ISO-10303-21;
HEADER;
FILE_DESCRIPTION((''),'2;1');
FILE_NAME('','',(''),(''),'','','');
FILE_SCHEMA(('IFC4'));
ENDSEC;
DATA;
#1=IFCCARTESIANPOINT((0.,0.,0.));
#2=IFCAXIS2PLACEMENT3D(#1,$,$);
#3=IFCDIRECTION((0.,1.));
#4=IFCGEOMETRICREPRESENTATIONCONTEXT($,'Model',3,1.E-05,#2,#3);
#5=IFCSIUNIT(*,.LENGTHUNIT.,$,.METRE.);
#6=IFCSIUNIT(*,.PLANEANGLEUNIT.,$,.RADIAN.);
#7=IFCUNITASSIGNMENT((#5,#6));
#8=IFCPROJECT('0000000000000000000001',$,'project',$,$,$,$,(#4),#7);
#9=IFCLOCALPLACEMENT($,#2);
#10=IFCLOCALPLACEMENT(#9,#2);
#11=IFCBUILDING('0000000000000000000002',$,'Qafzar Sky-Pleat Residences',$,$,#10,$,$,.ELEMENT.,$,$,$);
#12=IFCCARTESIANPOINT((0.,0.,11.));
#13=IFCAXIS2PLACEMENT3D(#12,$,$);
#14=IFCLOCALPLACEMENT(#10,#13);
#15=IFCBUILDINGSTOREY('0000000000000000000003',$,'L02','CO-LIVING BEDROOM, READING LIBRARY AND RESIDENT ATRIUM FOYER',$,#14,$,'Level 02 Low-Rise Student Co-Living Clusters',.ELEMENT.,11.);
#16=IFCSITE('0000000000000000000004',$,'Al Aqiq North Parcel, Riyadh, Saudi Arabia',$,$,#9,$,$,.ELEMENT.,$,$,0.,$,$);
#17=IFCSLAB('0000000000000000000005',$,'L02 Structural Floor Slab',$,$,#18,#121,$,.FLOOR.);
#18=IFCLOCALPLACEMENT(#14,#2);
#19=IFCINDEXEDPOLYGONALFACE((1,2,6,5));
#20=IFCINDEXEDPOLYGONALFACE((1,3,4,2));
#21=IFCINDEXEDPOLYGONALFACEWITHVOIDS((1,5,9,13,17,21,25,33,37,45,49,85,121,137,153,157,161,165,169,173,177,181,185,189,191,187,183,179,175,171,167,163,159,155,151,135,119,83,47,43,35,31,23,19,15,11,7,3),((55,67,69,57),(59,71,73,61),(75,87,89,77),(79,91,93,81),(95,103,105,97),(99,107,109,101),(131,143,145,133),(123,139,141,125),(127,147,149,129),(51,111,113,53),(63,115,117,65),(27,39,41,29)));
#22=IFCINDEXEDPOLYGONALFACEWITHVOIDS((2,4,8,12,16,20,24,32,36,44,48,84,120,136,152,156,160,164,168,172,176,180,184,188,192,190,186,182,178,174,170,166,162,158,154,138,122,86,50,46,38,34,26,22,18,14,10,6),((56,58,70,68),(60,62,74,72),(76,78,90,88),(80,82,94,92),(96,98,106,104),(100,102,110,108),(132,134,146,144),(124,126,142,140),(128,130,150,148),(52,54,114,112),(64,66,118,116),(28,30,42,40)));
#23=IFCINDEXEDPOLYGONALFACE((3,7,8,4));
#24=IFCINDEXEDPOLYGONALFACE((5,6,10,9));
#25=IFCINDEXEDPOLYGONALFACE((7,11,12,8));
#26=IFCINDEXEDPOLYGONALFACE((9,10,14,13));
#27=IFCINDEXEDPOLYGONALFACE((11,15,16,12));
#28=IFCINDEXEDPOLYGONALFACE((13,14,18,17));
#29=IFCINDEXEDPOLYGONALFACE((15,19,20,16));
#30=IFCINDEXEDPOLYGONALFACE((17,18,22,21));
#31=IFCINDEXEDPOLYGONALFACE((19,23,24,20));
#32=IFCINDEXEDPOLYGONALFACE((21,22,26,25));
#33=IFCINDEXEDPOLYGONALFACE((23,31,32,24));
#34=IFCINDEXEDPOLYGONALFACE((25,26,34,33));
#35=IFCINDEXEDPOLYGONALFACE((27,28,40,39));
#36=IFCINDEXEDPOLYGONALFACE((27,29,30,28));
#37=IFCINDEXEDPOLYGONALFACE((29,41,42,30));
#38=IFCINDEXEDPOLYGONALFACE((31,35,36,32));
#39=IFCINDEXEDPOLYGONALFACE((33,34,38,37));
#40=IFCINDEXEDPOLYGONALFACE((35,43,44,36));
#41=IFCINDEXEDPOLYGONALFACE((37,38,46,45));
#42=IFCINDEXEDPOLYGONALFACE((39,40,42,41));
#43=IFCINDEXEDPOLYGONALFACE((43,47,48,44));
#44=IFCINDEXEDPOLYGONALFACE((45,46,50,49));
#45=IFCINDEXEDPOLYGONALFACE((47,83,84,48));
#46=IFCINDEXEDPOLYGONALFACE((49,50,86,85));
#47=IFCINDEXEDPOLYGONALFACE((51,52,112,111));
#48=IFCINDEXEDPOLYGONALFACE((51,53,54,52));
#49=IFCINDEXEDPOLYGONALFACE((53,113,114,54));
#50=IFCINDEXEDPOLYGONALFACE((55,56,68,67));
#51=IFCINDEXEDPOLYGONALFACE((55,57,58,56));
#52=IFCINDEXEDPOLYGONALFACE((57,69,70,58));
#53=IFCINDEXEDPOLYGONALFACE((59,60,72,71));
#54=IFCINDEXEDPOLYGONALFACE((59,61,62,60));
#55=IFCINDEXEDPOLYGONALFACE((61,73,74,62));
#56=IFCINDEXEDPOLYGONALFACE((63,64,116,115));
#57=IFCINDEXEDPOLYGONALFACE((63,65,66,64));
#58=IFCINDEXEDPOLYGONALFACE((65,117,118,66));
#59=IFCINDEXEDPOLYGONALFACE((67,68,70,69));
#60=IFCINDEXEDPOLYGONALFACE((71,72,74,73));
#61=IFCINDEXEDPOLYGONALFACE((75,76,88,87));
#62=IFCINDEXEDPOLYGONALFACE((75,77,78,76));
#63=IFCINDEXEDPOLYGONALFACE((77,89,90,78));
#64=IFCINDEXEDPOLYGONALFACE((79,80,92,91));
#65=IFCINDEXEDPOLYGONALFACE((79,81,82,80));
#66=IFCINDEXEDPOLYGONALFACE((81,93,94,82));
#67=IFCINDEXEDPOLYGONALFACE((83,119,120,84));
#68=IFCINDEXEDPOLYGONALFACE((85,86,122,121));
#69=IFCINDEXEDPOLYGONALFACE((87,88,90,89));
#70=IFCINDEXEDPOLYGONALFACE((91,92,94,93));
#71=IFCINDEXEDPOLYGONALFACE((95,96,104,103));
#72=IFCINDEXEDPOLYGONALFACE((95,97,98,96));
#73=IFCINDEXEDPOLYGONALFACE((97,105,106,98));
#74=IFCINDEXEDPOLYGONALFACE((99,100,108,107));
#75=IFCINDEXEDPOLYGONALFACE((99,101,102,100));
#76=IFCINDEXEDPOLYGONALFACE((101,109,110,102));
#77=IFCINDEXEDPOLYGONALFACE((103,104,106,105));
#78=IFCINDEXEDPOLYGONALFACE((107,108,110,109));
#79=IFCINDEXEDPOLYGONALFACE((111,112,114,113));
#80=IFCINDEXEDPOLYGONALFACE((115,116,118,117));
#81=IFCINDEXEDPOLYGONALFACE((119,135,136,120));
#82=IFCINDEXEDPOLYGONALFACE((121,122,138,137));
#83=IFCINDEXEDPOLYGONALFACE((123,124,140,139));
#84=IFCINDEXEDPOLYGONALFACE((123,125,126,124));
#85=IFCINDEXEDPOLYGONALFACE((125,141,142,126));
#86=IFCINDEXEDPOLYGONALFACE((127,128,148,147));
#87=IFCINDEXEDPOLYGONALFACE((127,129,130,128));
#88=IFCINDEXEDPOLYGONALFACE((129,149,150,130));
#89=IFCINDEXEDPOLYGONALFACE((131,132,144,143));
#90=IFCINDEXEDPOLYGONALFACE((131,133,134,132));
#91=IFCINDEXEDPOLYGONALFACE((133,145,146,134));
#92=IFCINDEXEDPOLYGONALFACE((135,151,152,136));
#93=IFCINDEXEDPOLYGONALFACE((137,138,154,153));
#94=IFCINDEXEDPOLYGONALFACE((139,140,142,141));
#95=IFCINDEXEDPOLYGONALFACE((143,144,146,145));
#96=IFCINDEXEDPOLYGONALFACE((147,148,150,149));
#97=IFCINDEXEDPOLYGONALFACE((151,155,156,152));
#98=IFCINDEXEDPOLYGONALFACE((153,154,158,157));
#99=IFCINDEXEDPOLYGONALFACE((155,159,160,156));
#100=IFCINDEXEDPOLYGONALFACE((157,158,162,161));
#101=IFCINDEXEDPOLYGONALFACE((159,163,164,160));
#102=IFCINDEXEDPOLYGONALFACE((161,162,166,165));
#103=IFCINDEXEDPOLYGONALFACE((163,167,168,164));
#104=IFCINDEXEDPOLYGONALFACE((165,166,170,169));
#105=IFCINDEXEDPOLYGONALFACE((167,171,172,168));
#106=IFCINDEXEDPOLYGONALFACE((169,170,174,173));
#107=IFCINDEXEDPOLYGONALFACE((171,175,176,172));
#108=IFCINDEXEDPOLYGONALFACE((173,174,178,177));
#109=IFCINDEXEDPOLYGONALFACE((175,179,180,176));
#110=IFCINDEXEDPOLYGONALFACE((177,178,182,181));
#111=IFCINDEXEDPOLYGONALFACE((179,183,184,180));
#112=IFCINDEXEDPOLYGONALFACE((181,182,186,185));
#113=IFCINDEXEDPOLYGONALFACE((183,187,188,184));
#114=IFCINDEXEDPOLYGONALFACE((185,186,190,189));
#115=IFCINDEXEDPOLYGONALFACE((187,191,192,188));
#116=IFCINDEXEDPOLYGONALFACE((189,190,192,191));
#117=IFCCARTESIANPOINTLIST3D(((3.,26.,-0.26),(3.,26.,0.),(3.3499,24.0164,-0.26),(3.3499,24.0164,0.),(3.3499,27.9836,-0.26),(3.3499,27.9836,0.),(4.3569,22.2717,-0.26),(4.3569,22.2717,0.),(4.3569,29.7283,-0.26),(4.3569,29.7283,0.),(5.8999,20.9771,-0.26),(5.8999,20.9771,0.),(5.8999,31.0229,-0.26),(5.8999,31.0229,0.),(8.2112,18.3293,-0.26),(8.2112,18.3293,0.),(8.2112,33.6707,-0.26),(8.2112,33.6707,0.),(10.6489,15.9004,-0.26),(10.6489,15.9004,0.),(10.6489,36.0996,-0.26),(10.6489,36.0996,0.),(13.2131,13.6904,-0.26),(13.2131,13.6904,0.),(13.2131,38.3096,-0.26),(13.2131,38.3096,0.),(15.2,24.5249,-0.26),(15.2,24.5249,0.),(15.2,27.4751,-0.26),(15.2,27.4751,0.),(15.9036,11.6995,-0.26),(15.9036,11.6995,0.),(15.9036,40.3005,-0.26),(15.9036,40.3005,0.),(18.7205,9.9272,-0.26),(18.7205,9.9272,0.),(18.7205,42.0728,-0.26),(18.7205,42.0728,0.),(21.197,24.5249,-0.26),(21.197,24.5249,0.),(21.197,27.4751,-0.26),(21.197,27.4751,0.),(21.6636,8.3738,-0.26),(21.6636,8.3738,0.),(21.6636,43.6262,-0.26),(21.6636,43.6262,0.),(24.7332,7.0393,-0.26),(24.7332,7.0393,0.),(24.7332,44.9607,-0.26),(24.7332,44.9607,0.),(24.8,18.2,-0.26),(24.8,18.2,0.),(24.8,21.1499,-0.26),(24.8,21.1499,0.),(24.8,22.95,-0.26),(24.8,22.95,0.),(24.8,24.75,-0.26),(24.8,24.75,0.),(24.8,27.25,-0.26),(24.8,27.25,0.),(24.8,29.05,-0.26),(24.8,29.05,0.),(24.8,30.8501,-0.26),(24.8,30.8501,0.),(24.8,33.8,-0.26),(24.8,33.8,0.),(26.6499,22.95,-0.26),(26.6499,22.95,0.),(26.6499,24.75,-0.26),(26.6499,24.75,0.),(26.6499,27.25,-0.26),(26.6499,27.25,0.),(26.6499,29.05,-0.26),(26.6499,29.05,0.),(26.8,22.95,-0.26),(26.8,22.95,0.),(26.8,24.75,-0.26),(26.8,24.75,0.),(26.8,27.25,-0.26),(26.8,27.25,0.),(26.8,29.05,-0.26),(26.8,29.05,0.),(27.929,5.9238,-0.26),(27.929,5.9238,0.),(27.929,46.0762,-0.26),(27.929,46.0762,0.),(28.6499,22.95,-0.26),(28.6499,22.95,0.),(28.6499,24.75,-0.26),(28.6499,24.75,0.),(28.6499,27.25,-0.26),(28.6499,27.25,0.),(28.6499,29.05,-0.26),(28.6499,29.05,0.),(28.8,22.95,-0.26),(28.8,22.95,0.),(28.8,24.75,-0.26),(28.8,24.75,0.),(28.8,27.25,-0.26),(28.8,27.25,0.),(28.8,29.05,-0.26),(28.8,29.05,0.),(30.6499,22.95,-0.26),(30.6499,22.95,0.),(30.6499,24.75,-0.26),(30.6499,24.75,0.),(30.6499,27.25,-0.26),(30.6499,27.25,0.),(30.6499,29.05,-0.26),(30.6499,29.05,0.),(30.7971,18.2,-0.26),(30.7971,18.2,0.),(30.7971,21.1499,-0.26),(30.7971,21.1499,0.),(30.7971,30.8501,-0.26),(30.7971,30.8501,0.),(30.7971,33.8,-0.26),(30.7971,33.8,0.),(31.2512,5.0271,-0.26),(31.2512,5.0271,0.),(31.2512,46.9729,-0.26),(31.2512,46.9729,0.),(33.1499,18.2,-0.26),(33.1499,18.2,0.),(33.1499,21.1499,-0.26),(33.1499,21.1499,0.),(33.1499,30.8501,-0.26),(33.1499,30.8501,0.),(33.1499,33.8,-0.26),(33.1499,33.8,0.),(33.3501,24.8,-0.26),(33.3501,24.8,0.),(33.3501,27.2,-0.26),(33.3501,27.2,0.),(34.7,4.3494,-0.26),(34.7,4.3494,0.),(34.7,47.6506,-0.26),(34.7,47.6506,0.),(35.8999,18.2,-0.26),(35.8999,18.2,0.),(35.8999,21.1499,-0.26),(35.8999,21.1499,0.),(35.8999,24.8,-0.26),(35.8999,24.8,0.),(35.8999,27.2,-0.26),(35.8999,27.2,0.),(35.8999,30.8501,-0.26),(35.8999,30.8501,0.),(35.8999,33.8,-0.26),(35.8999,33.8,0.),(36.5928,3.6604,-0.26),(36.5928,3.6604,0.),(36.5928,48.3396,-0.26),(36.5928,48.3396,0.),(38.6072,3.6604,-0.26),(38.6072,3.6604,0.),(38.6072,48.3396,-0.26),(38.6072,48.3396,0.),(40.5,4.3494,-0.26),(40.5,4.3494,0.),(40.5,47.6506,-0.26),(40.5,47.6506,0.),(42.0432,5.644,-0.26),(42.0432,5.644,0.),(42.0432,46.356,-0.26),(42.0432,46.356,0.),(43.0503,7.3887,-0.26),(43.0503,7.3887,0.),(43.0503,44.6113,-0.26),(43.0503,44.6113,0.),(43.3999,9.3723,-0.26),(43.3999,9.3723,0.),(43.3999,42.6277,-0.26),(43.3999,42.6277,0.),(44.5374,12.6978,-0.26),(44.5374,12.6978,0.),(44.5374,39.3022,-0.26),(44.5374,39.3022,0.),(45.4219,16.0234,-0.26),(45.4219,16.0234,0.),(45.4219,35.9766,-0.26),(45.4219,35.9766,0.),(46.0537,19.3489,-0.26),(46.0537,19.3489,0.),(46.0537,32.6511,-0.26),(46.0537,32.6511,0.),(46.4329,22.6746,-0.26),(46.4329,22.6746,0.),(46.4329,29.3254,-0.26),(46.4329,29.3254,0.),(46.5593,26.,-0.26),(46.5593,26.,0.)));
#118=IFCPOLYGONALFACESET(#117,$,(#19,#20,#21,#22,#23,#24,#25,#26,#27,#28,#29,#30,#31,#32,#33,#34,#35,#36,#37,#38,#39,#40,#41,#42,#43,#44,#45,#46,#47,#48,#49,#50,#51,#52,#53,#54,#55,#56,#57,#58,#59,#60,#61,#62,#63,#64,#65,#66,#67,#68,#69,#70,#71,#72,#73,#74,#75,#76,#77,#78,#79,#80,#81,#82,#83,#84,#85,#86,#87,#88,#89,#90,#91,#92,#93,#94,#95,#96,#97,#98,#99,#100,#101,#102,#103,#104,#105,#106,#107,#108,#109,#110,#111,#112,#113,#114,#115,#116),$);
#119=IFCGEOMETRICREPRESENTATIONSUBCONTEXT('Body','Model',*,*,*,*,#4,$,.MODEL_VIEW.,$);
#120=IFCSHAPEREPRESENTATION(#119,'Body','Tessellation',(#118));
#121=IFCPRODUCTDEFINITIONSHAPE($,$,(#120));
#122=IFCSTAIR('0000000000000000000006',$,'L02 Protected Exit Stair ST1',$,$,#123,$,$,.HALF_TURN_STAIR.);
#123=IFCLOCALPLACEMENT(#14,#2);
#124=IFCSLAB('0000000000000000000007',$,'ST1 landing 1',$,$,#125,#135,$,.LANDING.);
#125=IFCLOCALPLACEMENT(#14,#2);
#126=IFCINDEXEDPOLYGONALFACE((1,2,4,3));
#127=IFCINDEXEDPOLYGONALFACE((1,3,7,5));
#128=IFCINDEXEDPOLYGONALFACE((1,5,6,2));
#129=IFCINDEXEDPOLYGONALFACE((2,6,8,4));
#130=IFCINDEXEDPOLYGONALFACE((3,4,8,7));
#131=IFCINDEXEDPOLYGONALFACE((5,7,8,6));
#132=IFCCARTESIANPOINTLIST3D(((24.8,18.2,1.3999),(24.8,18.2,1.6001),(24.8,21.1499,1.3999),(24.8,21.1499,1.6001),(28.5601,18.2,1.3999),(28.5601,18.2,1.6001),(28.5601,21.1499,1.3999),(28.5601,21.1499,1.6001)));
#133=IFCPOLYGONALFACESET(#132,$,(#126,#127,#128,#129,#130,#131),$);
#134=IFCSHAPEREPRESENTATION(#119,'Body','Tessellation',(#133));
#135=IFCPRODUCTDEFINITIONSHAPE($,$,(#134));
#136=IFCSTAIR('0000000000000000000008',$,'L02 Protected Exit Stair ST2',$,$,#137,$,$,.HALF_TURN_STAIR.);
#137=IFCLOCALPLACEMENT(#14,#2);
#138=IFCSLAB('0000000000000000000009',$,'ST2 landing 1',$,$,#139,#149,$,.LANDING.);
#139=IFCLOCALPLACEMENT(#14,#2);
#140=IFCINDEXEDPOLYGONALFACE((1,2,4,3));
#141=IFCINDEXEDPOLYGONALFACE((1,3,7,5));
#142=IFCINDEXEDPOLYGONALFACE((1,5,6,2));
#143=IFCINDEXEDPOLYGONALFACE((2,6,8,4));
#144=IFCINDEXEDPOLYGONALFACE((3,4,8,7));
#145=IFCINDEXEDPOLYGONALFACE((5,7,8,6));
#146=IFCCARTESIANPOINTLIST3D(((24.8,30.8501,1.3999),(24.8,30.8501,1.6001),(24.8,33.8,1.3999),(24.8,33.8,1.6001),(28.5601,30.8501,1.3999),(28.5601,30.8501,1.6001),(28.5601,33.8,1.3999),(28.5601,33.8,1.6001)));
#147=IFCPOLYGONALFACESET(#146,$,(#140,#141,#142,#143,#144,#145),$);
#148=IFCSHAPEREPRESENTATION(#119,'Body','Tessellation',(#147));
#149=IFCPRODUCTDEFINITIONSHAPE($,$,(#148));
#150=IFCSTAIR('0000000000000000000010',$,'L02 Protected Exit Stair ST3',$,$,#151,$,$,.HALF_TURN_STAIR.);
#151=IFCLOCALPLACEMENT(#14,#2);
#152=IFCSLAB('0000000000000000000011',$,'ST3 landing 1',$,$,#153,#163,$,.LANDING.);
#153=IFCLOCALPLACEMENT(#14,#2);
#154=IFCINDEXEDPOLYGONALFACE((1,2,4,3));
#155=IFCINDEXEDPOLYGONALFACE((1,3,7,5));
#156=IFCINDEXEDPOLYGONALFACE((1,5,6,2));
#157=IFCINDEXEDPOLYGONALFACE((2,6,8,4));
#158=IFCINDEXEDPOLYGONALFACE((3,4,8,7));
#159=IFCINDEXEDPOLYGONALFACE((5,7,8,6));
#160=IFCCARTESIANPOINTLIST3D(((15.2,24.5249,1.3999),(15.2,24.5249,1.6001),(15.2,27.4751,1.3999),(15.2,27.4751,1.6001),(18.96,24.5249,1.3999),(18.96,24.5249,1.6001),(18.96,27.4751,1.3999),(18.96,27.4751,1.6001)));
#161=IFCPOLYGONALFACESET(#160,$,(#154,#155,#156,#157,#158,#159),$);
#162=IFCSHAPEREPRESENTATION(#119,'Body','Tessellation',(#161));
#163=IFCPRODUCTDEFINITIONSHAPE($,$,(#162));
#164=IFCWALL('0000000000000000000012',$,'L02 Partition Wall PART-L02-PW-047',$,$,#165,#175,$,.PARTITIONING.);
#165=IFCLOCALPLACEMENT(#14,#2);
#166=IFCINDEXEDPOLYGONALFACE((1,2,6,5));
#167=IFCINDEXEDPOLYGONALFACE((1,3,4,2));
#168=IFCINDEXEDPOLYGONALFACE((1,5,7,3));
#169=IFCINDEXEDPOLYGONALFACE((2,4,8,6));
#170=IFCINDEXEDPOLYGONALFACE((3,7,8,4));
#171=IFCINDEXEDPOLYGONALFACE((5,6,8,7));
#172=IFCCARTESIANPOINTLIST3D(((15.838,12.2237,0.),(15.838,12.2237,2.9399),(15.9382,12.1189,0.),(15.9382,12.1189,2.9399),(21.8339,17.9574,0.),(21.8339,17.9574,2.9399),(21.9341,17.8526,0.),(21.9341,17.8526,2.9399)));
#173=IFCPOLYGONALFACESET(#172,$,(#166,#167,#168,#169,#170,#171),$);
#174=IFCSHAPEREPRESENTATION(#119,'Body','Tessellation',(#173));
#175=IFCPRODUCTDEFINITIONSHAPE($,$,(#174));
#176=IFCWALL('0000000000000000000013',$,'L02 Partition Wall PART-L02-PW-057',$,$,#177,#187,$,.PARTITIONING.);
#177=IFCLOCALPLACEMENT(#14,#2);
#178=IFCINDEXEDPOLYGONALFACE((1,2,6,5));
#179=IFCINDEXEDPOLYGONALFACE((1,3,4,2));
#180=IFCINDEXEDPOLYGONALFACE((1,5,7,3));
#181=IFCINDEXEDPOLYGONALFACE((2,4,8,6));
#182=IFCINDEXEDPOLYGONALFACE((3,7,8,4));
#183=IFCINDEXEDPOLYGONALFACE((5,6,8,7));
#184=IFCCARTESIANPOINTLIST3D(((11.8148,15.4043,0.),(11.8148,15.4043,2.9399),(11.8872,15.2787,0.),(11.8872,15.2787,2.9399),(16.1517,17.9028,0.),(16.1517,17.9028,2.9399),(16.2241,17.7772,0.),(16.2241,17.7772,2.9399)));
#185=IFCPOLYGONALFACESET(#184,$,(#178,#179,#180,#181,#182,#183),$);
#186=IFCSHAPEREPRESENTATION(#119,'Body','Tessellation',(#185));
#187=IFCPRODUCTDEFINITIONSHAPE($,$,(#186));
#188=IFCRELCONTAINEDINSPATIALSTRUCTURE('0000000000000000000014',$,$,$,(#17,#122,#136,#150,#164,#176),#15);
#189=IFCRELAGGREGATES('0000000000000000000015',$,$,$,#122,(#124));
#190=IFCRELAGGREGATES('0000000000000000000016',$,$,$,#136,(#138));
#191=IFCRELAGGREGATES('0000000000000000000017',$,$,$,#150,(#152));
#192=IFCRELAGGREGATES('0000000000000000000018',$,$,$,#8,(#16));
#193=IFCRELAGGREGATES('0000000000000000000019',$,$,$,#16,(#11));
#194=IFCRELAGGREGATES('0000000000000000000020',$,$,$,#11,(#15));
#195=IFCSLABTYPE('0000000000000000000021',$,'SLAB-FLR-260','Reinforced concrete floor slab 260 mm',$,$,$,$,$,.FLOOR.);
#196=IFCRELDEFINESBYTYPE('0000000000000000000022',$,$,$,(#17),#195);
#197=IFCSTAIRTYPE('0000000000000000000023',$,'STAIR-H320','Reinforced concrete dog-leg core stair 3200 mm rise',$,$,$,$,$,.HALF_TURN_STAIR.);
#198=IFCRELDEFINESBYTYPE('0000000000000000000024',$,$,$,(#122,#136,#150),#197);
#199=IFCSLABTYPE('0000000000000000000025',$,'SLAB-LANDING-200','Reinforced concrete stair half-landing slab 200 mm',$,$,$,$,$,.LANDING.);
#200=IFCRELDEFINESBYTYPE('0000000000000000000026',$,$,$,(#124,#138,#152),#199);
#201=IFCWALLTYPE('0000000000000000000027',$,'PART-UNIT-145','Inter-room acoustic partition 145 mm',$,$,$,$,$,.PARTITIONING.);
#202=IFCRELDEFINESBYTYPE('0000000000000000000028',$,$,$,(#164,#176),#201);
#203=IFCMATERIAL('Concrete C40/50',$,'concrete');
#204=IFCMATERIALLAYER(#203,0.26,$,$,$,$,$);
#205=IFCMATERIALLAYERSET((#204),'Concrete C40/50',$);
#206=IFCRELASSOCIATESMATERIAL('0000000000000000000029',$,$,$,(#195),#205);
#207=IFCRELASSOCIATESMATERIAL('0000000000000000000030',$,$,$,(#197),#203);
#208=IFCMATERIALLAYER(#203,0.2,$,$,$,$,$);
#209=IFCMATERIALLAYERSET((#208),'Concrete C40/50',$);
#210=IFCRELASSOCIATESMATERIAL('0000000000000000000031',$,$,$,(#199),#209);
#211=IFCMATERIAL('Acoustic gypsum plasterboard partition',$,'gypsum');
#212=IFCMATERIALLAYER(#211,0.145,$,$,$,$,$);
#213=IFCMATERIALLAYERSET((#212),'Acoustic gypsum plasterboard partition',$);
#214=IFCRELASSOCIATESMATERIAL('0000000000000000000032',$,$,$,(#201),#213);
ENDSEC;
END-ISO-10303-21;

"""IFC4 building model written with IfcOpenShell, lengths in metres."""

from ifc_helpers import new_model, si_unit, direction, frame, frame_2d, origin, place, context, subcontext, project, spatial, polyline, rectangle, outline, extrude, material, layer, layer_set, type_object, element, aggregate, save


model = new_model("IFC4")

# Units and contexts
model_context = context("Model", 3, precision=1e-05, world=origin(), true_north=direction((0.0, 1.0)))
body_context = subcontext(model_context, "Body", "Model", "MODEL_VIEW")
ifc_project = project(units=[si_unit("LENGTHUNIT", "METRE"), si_unit("PLANEANGLEUNIT", "RADIAN")], contexts=[model_context])

# Site, building, storey
site_placement = place(None, origin())
site = spatial("IfcSite", under=ifc_project, at=site_placement, Name="Al Aqiq North Parcel, Riyadh, Saudi Arabia", CompositionType="ELEMENT", RefElevation=0.0)
building_placement = place(site_placement, origin())
building = spatial("IfcBuilding", under=site, at=building_placement, Name="Qafzar Sky-Pleat Residences", CompositionType="ELEMENT")
storey_placement = place(building_placement, frame((0.0, 0.0, 11.0)))
storey = spatial("IfcBuildingStorey", under=building, at=storey_placement, Name="L02", Description="CO-LIVING BEDROOM, READING LIBRARY AND RESIDENT ATRIUM FOYER", LongName="Level 02 Low-Rise Student Co-Living Clusters", CompositionType="ELEMENT", Elevation=11.0)

# Slab
ifc_material_1 = material(Name="Concrete C40/50", Category="concrete")
ifc_layer_1 = layer(ifc_material_1, 0.26)
ifc_layer_set_1 = layer_set([ifc_layer_1], Name="Concrete C40/50")
slab_type_1 = type_object("IfcSlabType", Name="SLAB-FLR-260", Description="Reinforced concrete floor slab 260 mm", PredefinedType="FLOOR", material=ifc_layer_set_1)
slab_1_placement = place(storey_placement, frame((0.0, 0.0, -0.26)))
element("IfcSlab", 1, at=slab_1_placement, inside=storey, type_object=slab_type_1, Name="L02 Structural Floor Slab", PredefinedType="FLOOR", context=body_context, shape_type="SweptSolid", body=[
    extrude(outline(polyline([(5.8999, 31.0229), (4.3569, 29.7283), (3.3499, 27.9836), (3.0, 26.0), (3.3499, 24.0164), (4.3569, 22.2717), (5.8999, 20.9771), (8.2112, 18.3293), (10.6489, 15.9004), (13.2131, 13.6904), (15.9036, 11.6995), (18.7205, 9.9272), (21.6636, 8.3738), (24.7332, 7.0393), (27.929, 5.9238), (31.2512, 5.0271), (34.7, 4.3494), (36.5928, 3.6604), (38.6072, 3.6604), (40.5, 4.3494), (42.0432, 5.644), (43.0503, 7.3887), (43.3999, 9.3723), (44.5374, 12.6978), (45.4219, 16.0234), (46.0537, 19.3489), (46.4329, 22.6746), (46.5593, 26.0), (46.4329, 29.3254), (46.0537, 32.6511), (45.4219, 35.9766), (44.5374, 39.3022), (43.3999, 42.6277), (43.0503, 44.6113), (42.0432, 46.356), (40.5, 47.6506), (38.6072, 48.3396), (36.5928, 48.3396), (34.7, 47.6506), (31.2512, 46.9729), (27.929, 46.0762), (24.7332, 44.9607), (21.6636, 43.6262), (18.7205, 42.0728), (15.9036, 40.3005), (13.2131, 38.3096), (10.6489, 36.0996), (8.2112, 33.6707), (5.8999, 31.0229)]), holes=[polyline([(30.7971, 21.1499), (24.8, 21.1499), (24.8, 18.2), (30.7971, 18.2), (30.7971, 21.1499)]), polyline([(30.7971, 33.8), (24.8, 33.8), (24.8, 30.8501), (30.7971, 30.8501), (30.7971, 33.8)]), polyline([(21.197, 27.4751), (15.2, 27.4751), (15.2, 24.5249), (21.197, 24.5249), (21.197, 27.4751)]), polyline([(24.8, 22.95), (26.6499, 22.95), (26.6499, 24.75), (24.8, 24.75), (24.8, 22.95)]), polyline([(26.8, 22.95), (28.6499, 22.95), (28.6499, 24.75), (26.8, 24.75), (26.8, 22.95)]), polyline([(28.8, 22.95), (30.6499, 22.95), (30.6499, 24.75), (28.8, 24.75), (28.8, 22.95)]), polyline([(24.8, 27.25), (26.6499, 27.25), (26.6499, 29.05), (24.8, 29.05), (24.8, 27.25)]), polyline([(26.8, 27.25), (28.6499, 27.25), (28.6499, 29.05), (26.8, 29.05), (26.8, 27.25)]), polyline([(28.8, 27.25), (30.6499, 27.25), (30.6499, 29.05), (28.8, 29.05), (28.8, 27.25)]), polyline([(33.1499, 18.2), (35.8999, 18.2), (35.8999, 21.1499), (33.1499, 21.1499), (33.1499, 18.2)]), polyline([(33.1499, 30.8501), (35.8999, 30.8501), (35.8999, 33.8), (33.1499, 33.8), (33.1499, 30.8501)]), polyline([(33.3501, 24.8), (35.8999, 24.8), (35.8999, 27.2), (33.3501, 27.2), (33.3501, 24.8)])]), origin(), (0.0, 0.0, 1.0), 0.26),
])

# Stairs, slabs
stair_type = type_object("IfcStairType", Name="STAIR-H320", Description="Reinforced concrete dog-leg core stair 3200 mm rise", PredefinedType="HALF_TURN_STAIR", material=ifc_material_1)
stair_1_placement = place(storey_placement, origin())
stair_1 = element("IfcStair", 2, at=stair_1_placement, inside=storey, type_object=stair_type, Name="L02 Protected Exit Stair ST1", PredefinedType="HALF_TURN_STAIR")
ifc_layer_2 = layer(ifc_material_1, 0.2)
ifc_layer_set_2 = layer_set([ifc_layer_2], Name="Concrete C40/50")
slab_type_2 = type_object("IfcSlabType", Name="SLAB-LANDING-200", Description="Reinforced concrete stair half-landing slab 200 mm", PredefinedType="LANDING", material=ifc_layer_set_2)
slab_2_placement = place(storey_placement, frame((0.0, 0.0, 1.3999)))
slab_2 = element("IfcSlab", 3, at=slab_2_placement, type_object=slab_type_2, Name="ST1 landing 1", PredefinedType="LANDING", context=body_context, shape_type="SweptSolid", body=[
    extrude(outline(polyline([(28.5601, 21.1499), (24.8, 21.1499), (24.8, 18.2), (28.5601, 18.2), (28.5601, 21.1499)])), origin(), (0.0, 0.0, 1.0), 0.2002),
])
aggregate(stair_1, [slab_2])
stair_2_placement = place(storey_placement, origin())
stair_2 = element("IfcStair", 4, at=stair_2_placement, inside=storey, type_object=stair_type, Name="L02 Protected Exit Stair ST2", PredefinedType="HALF_TURN_STAIR")
slab_3_placement = place(storey_placement, frame((0.0, 0.0, 1.3999)))
slab_3 = element("IfcSlab", 5, at=slab_3_placement, type_object=slab_type_2, Name="ST2 landing 1", PredefinedType="LANDING", context=body_context, shape_type="SweptSolid", body=[
    extrude(outline(polyline([(28.5601, 33.8), (24.8, 33.8), (24.8, 30.8501), (28.5601, 30.8501), (28.5601, 33.8)])), origin(), (0.0, 0.0, 1.0), 0.2002),
])
aggregate(stair_2, [slab_3])
stair_3_placement = place(storey_placement, origin())
stair_3 = element("IfcStair", 6, at=stair_3_placement, inside=storey, type_object=stair_type, Name="L02 Protected Exit Stair ST3", PredefinedType="HALF_TURN_STAIR")
slab_4_placement = place(storey_placement, frame((0.0, 0.0, 1.3999)))
slab_4 = element("IfcSlab", 7, at=slab_4_placement, type_object=slab_type_2, Name="ST3 landing 1", PredefinedType="LANDING", context=body_context, shape_type="SweptSolid", body=[
    extrude(outline(polyline([(18.96, 27.4751), (15.2, 27.4751), (15.2, 24.5249), (18.96, 24.5249), (18.96, 27.4751)])), origin(), (0.0, 0.0, 1.0), 0.2002),
])
aggregate(stair_3, [slab_4])

# Walls
ifc_material_2 = material(Name="Acoustic gypsum plasterboard partition", Category="gypsum")
ifc_layer_3 = layer(ifc_material_2, 0.145)
ifc_layer_set_3 = layer_set([ifc_layer_3], Name="Acoustic gypsum plasterboard partition")
wall_type_1 = type_object("IfcWallType", Name="PART-UNIT-145", Description="Inter-room acoustic partition 145 mm", PredefinedType="PARTITIONING", material=ifc_layer_set_3)
wall_1_placement = place(storey_placement, frame((15.8882, 12.1714, 0.0), z_axis=(0.0, 0.0, 1.0), x_axis=(0.722733, 0.691127, 0.0)))
element("IfcWall", 8, at=wall_1_placement, inside=storey, type_object=wall_type_1, Name="L02 Partition Wall PART-L02-PW-047", PredefinedType="PARTITIONING", context=body_context, shape_type="SweptSolid", body=[
    extrude(rectangle(XDim=8.2961, YDim=0.145, at=frame_2d((4.1479, 0.0))), origin(), (0.0, 0.0, 1.0), 2.9399),
])
wall_2_placement = place(storey_placement, frame((11.8511, 15.3416, 0.0), z_axis=(0.0, 0.0, 1.0), x_axis=(0.866491, 0.499193, 0.0)))
element("IfcWall", 9, at=wall_2_placement, inside=storey, type_object=wall_type_1, Name="L02 Partition Wall PART-L02-PW-057", PredefinedType="PARTITIONING", context=body_context, shape_type="SweptSolid", body=[
    extrude(rectangle(XDim=5.0051, YDim=0.145, at=frame_2d((2.5024, 0.0))), origin(), (0.0, 0.0, 1.0), 2.9399),
])

save(model, "model.ifc")
